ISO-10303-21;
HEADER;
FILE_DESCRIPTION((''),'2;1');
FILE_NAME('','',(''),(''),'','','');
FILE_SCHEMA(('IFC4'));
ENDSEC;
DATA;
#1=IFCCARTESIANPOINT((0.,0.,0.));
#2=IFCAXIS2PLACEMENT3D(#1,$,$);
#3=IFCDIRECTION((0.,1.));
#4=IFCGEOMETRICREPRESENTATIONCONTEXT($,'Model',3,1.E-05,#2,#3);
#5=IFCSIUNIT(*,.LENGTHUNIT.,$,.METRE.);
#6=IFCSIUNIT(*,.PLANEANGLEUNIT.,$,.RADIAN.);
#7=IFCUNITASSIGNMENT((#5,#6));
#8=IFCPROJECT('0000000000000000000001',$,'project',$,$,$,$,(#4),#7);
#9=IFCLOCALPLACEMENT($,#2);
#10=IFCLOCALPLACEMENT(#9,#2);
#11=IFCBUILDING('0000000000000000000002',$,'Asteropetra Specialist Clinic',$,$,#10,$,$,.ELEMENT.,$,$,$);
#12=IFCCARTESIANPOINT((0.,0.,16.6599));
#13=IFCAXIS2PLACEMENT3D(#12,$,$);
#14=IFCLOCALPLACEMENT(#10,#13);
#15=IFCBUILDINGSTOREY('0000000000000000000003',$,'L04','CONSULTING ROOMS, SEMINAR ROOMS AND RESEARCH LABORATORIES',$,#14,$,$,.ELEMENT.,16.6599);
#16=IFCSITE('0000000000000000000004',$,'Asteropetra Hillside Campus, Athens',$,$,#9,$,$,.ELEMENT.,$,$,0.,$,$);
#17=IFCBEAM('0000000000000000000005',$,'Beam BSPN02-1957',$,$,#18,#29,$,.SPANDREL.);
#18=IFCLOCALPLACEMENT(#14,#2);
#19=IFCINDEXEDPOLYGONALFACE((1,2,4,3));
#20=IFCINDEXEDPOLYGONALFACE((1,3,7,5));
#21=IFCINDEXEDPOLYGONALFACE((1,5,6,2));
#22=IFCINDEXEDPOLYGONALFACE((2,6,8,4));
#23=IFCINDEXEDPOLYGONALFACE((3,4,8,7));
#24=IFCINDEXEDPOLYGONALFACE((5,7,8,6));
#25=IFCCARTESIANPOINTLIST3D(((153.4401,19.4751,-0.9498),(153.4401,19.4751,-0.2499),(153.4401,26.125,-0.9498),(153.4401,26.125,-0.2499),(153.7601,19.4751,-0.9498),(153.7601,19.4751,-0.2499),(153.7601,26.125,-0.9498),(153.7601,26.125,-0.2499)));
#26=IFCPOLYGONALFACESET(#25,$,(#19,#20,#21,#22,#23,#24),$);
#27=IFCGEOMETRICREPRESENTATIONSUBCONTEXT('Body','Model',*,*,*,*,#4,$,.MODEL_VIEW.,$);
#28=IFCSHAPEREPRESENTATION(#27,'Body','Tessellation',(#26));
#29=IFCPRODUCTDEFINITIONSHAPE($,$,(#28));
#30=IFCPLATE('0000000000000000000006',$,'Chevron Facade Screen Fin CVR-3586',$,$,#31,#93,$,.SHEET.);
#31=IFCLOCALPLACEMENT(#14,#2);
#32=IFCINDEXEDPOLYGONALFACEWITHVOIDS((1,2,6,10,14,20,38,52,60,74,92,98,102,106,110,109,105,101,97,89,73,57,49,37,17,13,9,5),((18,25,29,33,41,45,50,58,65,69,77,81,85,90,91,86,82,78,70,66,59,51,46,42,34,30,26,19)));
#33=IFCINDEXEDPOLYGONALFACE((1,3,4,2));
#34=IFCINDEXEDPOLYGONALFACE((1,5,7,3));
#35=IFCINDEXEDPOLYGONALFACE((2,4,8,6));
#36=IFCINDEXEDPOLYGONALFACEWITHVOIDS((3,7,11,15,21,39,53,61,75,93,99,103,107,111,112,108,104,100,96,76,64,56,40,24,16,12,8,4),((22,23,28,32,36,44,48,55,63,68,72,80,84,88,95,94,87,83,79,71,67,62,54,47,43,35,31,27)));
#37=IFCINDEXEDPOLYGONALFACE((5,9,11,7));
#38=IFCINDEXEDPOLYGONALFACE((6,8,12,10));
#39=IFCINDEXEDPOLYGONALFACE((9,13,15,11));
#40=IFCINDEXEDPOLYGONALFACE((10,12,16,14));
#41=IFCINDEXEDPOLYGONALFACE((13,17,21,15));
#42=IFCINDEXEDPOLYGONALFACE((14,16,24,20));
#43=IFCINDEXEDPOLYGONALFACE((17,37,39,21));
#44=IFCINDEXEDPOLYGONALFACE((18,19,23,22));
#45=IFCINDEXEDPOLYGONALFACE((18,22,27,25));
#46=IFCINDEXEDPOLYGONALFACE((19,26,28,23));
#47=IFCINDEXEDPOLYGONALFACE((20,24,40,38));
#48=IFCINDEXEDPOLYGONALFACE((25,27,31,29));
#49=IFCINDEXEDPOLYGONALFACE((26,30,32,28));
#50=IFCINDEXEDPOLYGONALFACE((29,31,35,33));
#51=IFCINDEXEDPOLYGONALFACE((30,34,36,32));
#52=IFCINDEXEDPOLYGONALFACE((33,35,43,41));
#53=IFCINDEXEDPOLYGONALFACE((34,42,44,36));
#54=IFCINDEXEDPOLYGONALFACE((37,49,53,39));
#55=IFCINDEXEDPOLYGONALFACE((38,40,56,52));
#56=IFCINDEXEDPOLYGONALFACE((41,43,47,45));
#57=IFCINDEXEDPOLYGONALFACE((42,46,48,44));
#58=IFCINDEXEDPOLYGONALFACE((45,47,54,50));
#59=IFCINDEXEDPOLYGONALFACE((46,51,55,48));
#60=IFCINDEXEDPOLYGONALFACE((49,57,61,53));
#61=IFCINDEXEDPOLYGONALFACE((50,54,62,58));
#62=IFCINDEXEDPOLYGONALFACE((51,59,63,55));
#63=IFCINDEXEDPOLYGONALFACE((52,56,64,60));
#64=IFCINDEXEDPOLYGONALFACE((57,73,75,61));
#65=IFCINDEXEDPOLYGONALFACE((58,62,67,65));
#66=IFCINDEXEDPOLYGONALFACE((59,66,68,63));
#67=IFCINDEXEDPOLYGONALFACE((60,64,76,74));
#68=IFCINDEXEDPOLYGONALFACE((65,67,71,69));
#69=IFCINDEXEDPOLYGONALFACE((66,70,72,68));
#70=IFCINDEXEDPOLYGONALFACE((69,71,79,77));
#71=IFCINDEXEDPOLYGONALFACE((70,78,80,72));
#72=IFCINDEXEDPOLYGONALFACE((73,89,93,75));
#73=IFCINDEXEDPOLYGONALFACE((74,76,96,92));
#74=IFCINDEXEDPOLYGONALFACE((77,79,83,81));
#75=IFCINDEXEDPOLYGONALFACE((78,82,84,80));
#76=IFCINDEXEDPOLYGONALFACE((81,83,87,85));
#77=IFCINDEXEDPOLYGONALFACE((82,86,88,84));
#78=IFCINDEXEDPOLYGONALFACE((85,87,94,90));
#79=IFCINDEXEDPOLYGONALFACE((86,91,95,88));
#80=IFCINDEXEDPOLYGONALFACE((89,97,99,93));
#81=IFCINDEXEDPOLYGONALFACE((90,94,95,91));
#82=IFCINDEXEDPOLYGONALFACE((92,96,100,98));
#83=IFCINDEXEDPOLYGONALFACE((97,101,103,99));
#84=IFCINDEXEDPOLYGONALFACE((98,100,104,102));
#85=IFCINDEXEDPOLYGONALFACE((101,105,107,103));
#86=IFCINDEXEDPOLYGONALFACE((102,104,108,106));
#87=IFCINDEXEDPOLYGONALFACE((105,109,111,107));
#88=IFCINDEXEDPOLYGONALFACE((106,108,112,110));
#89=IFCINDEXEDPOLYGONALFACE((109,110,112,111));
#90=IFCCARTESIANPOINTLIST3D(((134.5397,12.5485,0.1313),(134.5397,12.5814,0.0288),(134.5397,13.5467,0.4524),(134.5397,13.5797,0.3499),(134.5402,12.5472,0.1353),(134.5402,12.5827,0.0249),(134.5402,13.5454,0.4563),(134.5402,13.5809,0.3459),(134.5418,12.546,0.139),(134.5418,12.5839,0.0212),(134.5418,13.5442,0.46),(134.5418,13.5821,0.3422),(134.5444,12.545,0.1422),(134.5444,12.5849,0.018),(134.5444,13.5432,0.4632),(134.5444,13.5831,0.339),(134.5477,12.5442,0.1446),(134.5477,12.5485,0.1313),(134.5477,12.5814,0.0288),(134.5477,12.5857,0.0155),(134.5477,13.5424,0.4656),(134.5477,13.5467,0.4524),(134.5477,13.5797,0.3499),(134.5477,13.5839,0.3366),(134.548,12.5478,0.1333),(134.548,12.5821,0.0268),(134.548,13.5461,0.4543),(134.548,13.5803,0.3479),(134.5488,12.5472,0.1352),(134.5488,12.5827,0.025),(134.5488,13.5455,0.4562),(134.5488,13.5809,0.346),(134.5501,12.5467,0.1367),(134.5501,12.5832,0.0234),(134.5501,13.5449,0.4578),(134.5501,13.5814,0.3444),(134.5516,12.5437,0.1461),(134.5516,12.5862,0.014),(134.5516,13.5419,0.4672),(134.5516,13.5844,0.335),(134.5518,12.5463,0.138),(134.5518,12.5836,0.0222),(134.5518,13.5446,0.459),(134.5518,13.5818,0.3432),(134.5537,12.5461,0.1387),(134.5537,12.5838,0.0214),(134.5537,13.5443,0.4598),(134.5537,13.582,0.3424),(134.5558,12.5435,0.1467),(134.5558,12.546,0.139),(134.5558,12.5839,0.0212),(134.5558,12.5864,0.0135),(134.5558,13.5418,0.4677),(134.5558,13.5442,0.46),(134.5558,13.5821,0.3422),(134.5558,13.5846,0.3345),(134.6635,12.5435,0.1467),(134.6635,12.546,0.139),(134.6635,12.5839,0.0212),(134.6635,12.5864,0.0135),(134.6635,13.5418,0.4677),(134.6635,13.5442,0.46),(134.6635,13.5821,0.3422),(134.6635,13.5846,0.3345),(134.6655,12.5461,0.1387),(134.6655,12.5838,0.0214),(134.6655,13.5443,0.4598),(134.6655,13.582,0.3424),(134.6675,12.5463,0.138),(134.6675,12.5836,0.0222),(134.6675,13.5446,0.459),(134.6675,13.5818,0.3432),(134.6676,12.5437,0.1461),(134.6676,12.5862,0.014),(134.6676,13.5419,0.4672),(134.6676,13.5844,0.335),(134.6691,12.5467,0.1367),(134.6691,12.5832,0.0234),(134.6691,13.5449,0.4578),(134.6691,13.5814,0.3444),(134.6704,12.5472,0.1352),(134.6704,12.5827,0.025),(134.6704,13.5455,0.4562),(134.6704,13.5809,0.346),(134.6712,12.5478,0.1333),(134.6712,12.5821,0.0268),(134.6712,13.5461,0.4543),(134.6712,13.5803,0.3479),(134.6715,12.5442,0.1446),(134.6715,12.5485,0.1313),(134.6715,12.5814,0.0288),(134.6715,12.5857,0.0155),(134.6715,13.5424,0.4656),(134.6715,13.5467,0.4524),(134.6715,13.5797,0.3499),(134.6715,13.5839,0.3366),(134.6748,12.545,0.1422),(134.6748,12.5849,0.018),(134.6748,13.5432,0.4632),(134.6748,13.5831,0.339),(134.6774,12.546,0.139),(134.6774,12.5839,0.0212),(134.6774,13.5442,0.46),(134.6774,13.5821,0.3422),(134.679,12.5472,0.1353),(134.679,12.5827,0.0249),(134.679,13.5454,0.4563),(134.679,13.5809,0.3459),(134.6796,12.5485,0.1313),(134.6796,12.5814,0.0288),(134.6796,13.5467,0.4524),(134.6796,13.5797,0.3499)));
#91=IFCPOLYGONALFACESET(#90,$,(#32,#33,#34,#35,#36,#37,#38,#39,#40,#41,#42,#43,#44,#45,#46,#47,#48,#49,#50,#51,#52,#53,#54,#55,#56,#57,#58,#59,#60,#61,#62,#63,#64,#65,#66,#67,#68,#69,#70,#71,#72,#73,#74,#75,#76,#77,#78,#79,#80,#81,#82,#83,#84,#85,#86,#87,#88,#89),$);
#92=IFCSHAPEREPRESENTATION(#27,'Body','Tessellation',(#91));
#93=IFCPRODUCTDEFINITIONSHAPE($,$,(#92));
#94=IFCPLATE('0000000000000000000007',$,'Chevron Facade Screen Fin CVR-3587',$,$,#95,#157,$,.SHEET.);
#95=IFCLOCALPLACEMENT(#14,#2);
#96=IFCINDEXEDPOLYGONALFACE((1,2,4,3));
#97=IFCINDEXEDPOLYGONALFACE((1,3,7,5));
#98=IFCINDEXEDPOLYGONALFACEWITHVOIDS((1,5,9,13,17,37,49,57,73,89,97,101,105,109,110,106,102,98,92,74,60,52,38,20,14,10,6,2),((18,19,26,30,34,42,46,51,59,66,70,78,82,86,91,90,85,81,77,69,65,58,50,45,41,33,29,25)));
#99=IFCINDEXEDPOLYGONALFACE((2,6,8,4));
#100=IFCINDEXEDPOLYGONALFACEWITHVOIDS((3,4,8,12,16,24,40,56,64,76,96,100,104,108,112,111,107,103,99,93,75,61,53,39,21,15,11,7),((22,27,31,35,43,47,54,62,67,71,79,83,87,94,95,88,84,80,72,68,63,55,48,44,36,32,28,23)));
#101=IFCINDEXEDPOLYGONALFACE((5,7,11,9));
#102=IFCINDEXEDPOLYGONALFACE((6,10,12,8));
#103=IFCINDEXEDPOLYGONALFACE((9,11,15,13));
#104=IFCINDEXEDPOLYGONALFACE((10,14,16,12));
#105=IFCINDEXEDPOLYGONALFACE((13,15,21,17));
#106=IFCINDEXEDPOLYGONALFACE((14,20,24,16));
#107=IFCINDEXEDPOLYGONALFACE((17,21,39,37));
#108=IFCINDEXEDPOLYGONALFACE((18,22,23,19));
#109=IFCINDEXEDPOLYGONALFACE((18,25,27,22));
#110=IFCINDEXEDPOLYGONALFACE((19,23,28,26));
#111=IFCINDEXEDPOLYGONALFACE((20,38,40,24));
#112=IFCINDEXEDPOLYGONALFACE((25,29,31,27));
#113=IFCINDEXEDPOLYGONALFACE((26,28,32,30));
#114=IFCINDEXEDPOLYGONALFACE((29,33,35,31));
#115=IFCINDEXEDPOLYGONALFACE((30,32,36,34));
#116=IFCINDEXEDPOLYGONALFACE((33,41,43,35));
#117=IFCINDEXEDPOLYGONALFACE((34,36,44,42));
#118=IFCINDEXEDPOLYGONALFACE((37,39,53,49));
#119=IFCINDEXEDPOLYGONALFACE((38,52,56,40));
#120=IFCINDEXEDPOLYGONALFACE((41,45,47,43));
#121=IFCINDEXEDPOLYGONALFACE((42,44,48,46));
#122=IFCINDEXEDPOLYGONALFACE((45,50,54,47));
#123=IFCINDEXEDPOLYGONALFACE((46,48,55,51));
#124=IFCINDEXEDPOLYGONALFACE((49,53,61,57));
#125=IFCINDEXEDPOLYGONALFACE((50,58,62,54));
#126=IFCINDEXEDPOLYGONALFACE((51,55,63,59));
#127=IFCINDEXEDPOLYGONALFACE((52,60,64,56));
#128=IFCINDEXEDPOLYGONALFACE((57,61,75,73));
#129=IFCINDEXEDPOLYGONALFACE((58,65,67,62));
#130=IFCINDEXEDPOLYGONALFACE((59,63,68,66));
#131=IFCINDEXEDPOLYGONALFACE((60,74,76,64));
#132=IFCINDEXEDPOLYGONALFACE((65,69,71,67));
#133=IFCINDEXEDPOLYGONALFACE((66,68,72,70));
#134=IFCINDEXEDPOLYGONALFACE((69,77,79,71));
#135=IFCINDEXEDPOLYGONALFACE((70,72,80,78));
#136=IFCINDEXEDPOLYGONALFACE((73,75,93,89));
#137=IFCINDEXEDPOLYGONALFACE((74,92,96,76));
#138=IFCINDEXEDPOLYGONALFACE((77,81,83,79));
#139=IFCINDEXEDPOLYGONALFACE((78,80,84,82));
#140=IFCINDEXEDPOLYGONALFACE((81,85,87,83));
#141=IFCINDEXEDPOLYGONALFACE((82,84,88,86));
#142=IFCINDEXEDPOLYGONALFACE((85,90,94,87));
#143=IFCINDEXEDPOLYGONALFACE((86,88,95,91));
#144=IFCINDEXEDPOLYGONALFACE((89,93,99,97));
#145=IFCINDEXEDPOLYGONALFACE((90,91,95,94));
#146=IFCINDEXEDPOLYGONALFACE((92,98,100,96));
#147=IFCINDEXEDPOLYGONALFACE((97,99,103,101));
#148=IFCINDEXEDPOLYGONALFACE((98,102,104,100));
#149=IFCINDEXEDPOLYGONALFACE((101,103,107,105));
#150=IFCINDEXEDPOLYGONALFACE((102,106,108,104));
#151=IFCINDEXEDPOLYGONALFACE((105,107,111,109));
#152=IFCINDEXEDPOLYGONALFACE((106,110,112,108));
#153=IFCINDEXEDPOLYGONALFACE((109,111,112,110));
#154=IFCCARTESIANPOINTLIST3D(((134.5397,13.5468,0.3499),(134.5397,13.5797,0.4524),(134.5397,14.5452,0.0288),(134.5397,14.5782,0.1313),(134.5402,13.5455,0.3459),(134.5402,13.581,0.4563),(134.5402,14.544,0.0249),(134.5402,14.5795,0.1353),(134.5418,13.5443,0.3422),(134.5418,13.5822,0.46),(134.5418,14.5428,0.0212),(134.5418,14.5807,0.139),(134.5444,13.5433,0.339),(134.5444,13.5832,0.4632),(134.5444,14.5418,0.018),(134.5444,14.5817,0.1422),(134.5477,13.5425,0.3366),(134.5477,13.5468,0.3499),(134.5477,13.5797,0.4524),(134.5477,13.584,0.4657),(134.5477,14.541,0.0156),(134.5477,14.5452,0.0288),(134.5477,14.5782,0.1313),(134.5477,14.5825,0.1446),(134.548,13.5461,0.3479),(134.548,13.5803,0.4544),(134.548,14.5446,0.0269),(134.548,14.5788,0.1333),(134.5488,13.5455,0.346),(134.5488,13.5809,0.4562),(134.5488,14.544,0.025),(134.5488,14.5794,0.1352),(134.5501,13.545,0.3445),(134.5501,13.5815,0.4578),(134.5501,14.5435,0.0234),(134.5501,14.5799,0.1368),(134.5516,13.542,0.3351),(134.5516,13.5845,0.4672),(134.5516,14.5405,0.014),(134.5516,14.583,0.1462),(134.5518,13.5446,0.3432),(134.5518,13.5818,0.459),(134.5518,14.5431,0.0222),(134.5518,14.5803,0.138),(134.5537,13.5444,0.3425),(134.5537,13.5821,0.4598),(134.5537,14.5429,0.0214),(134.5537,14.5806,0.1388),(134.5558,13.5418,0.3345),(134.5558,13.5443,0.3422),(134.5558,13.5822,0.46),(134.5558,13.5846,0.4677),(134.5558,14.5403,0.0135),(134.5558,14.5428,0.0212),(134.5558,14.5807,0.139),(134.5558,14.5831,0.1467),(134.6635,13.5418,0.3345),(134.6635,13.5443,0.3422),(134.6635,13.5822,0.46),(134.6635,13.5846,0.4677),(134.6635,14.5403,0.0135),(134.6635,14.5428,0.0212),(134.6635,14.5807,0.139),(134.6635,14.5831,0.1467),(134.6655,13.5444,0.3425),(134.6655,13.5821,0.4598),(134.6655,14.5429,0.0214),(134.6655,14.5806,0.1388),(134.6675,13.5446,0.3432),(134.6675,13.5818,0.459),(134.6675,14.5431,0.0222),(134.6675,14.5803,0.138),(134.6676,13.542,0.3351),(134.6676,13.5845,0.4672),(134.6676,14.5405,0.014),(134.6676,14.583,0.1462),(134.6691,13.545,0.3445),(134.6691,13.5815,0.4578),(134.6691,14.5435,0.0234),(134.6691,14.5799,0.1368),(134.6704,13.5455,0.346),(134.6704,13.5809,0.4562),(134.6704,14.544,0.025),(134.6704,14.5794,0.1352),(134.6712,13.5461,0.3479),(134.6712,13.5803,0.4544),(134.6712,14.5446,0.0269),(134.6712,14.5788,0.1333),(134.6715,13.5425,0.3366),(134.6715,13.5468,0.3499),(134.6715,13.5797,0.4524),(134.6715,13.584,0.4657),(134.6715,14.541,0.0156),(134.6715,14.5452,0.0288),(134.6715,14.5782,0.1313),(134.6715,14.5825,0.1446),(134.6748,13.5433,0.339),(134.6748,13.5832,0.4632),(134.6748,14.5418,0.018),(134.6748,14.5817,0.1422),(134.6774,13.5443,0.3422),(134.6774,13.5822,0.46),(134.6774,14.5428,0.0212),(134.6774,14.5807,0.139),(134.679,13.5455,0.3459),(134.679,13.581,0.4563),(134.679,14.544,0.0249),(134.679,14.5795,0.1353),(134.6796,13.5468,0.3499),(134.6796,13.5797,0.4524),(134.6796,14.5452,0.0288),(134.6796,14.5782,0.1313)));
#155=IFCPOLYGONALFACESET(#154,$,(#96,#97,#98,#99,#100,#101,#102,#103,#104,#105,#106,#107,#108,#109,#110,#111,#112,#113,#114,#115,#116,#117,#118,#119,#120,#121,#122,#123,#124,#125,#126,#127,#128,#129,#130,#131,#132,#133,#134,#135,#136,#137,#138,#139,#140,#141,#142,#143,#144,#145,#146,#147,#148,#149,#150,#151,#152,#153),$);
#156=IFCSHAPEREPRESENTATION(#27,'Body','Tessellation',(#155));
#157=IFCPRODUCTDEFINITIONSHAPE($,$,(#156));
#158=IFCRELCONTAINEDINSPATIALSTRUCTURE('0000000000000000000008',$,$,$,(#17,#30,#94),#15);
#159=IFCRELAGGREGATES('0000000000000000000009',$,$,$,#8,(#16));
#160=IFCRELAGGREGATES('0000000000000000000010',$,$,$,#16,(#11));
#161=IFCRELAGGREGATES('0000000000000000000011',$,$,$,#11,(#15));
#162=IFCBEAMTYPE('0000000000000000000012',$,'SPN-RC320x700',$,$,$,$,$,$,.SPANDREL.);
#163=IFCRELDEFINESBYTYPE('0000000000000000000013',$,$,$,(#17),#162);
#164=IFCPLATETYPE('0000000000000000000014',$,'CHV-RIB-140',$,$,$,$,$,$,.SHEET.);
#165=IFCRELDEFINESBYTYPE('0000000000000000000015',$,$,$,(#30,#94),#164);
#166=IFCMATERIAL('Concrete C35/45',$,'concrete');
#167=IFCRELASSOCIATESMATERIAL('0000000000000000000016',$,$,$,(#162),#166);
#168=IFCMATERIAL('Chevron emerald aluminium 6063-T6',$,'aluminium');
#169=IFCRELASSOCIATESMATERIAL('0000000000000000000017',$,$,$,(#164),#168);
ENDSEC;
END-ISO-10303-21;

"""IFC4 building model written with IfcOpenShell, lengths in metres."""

from ifc_helpers import new_model, si_unit, direction, frame, origin, origin_2d, place, context, subcontext, project, spatial, rectangle, hollow_rectangle, extrude, material, material_profile, profile_set, type_object, element, save


model = new_model("IFC4")

# Units and contexts
model_context = context("Model", 3, precision=1e-05, world=origin(), true_north=direction((0.0, 1.0)))
body_context = subcontext(model_context, "Body", "Model", "MODEL_VIEW")
ifc_project = project(units=[si_unit("LENGTHUNIT", "METRE"), si_unit("PLANEANGLEUNIT", "RADIAN")], contexts=[model_context])

# Site, building, storey
site_placement = place(None, origin())
site = spatial("IfcSite", under=ifc_project, at=site_placement, Name="Asteropetra Hillside Campus, Athens", CompositionType="ELEMENT", RefElevation=0.0)
building_placement = place(site_placement, origin())
building = spatial("IfcBuilding", under=site, at=building_placement, Name="Asteropetra Specialist Clinic", CompositionType="ELEMENT")
storey_placement = place(building_placement, frame((0.0, 0.0, 16.6599)))
storey = spatial("IfcBuildingStorey", under=building, at=storey_placement, Name="L04", Description="CONSULTING ROOMS, SEMINAR ROOMS AND RESEARCH LABORATORIES", CompositionType="ELEMENT", Elevation=16.6599)

# Beam
ifc_material_1 = material(Name="Concrete C35/45", Category="concrete")
ifc_material_profile_1 = material_profile(ifc_material_1, rectangle(XDim=0.3201, YDim=0.7, at=origin_2d()), Name="RCS 320x700")
ifc_profile_set_1 = profile_set([ifc_material_profile_1], Name="Concrete C35/45")
beam_type_1 = type_object("IfcBeamType", Name="SPN-RC320x700", PredefinedType="SPANDREL", material=ifc_profile_set_1)
beam_1_placement = place(storey_placement, frame((153.6001, 19.4751, -0.5999), z_axis=(0.0, 1.0, 0.0), x_axis=(-1.0, 0.0, 0.0)))
element("IfcBeam", 1, at=beam_1_placement, inside=storey, type_object=beam_type_1, Name="Beam BSPN02-1957", PredefinedType="SPANDREL", context=body_context, shape_type="SweptSolid", body=[
    extrude(rectangle(XDim=0.3201, YDim=0.7, at=origin_2d()), origin(), (0.0, 0.0, 1.0), 6.6499),
])

# Plates
ifc_material_2 = material(Name="Chevron emerald aluminium 6063-T6", Category="aluminium")
ifc_material_profile_2 = material_profile(ifc_material_2, hollow_rectangle(XDim=0.1399, YDim=0.1399, WallThickness=0.0081, InnerFilletRadius=0.0081, OuterFilletRadius=0.0161, at=origin_2d()), Name="SHS 140x140x8.0")
ifc_profile_set_2 = profile_set([ifc_material_profile_2], Name="Chevron emerald aluminium 6063-T6")
plate_type = type_object("IfcPlateType", Name="CHV-RIB-140", PredefinedType="SHEET", material=ifc_profile_set_2)
plate_1_placement = place(storey_placement, frame((134.6096, 12.5649, 0.0801), z_axis=(0.0, 0.951983, 0.306152), x_axis=(-1.0, 0.0, 0.0)))
element("IfcPlate", 2, at=plate_1_placement, inside=storey, type_object=plate_type, Name="Chevron Facade Screen Fin CVR-3586", PredefinedType="SHEET", context=body_context, shape_type="SweptSolid", body=[
    extrude(hollow_rectangle(XDim=0.1399, YDim=0.1399, WallThickness=0.0081, InnerFilletRadius=0.0081, OuterFilletRadius=0.0161, at=origin_2d()), origin(), (0.0, 0.0, 1.0), 1.0486),
])
for number, where, z_axis, x_axis, name in (
    (3, (134.6096, 13.5632, 0.4011), (0.0, 0.952004, -0.306085), (-1.0, 0.0, 0.0), "Chevron Facade Screen Fin CVR-3587"),
):
    element("IfcPlate", number, at=place(storey_placement, frame(where, z_axis=z_axis, x_axis=x_axis)), inside=storey, type_object=plate_type, Name=name, PredefinedType="SHEET", context=body_context, shape_type="SweptSolid", body=[
        extrude(hollow_rectangle(XDim=0.1399, YDim=0.1399, WallThickness=0.0081, InnerFilletRadius=0.0081, OuterFilletRadius=0.0161, at=origin_2d()), origin(), (0.0, 0.0, 1.0), 1.0488),
    ])

save(model, "model.ifc")
